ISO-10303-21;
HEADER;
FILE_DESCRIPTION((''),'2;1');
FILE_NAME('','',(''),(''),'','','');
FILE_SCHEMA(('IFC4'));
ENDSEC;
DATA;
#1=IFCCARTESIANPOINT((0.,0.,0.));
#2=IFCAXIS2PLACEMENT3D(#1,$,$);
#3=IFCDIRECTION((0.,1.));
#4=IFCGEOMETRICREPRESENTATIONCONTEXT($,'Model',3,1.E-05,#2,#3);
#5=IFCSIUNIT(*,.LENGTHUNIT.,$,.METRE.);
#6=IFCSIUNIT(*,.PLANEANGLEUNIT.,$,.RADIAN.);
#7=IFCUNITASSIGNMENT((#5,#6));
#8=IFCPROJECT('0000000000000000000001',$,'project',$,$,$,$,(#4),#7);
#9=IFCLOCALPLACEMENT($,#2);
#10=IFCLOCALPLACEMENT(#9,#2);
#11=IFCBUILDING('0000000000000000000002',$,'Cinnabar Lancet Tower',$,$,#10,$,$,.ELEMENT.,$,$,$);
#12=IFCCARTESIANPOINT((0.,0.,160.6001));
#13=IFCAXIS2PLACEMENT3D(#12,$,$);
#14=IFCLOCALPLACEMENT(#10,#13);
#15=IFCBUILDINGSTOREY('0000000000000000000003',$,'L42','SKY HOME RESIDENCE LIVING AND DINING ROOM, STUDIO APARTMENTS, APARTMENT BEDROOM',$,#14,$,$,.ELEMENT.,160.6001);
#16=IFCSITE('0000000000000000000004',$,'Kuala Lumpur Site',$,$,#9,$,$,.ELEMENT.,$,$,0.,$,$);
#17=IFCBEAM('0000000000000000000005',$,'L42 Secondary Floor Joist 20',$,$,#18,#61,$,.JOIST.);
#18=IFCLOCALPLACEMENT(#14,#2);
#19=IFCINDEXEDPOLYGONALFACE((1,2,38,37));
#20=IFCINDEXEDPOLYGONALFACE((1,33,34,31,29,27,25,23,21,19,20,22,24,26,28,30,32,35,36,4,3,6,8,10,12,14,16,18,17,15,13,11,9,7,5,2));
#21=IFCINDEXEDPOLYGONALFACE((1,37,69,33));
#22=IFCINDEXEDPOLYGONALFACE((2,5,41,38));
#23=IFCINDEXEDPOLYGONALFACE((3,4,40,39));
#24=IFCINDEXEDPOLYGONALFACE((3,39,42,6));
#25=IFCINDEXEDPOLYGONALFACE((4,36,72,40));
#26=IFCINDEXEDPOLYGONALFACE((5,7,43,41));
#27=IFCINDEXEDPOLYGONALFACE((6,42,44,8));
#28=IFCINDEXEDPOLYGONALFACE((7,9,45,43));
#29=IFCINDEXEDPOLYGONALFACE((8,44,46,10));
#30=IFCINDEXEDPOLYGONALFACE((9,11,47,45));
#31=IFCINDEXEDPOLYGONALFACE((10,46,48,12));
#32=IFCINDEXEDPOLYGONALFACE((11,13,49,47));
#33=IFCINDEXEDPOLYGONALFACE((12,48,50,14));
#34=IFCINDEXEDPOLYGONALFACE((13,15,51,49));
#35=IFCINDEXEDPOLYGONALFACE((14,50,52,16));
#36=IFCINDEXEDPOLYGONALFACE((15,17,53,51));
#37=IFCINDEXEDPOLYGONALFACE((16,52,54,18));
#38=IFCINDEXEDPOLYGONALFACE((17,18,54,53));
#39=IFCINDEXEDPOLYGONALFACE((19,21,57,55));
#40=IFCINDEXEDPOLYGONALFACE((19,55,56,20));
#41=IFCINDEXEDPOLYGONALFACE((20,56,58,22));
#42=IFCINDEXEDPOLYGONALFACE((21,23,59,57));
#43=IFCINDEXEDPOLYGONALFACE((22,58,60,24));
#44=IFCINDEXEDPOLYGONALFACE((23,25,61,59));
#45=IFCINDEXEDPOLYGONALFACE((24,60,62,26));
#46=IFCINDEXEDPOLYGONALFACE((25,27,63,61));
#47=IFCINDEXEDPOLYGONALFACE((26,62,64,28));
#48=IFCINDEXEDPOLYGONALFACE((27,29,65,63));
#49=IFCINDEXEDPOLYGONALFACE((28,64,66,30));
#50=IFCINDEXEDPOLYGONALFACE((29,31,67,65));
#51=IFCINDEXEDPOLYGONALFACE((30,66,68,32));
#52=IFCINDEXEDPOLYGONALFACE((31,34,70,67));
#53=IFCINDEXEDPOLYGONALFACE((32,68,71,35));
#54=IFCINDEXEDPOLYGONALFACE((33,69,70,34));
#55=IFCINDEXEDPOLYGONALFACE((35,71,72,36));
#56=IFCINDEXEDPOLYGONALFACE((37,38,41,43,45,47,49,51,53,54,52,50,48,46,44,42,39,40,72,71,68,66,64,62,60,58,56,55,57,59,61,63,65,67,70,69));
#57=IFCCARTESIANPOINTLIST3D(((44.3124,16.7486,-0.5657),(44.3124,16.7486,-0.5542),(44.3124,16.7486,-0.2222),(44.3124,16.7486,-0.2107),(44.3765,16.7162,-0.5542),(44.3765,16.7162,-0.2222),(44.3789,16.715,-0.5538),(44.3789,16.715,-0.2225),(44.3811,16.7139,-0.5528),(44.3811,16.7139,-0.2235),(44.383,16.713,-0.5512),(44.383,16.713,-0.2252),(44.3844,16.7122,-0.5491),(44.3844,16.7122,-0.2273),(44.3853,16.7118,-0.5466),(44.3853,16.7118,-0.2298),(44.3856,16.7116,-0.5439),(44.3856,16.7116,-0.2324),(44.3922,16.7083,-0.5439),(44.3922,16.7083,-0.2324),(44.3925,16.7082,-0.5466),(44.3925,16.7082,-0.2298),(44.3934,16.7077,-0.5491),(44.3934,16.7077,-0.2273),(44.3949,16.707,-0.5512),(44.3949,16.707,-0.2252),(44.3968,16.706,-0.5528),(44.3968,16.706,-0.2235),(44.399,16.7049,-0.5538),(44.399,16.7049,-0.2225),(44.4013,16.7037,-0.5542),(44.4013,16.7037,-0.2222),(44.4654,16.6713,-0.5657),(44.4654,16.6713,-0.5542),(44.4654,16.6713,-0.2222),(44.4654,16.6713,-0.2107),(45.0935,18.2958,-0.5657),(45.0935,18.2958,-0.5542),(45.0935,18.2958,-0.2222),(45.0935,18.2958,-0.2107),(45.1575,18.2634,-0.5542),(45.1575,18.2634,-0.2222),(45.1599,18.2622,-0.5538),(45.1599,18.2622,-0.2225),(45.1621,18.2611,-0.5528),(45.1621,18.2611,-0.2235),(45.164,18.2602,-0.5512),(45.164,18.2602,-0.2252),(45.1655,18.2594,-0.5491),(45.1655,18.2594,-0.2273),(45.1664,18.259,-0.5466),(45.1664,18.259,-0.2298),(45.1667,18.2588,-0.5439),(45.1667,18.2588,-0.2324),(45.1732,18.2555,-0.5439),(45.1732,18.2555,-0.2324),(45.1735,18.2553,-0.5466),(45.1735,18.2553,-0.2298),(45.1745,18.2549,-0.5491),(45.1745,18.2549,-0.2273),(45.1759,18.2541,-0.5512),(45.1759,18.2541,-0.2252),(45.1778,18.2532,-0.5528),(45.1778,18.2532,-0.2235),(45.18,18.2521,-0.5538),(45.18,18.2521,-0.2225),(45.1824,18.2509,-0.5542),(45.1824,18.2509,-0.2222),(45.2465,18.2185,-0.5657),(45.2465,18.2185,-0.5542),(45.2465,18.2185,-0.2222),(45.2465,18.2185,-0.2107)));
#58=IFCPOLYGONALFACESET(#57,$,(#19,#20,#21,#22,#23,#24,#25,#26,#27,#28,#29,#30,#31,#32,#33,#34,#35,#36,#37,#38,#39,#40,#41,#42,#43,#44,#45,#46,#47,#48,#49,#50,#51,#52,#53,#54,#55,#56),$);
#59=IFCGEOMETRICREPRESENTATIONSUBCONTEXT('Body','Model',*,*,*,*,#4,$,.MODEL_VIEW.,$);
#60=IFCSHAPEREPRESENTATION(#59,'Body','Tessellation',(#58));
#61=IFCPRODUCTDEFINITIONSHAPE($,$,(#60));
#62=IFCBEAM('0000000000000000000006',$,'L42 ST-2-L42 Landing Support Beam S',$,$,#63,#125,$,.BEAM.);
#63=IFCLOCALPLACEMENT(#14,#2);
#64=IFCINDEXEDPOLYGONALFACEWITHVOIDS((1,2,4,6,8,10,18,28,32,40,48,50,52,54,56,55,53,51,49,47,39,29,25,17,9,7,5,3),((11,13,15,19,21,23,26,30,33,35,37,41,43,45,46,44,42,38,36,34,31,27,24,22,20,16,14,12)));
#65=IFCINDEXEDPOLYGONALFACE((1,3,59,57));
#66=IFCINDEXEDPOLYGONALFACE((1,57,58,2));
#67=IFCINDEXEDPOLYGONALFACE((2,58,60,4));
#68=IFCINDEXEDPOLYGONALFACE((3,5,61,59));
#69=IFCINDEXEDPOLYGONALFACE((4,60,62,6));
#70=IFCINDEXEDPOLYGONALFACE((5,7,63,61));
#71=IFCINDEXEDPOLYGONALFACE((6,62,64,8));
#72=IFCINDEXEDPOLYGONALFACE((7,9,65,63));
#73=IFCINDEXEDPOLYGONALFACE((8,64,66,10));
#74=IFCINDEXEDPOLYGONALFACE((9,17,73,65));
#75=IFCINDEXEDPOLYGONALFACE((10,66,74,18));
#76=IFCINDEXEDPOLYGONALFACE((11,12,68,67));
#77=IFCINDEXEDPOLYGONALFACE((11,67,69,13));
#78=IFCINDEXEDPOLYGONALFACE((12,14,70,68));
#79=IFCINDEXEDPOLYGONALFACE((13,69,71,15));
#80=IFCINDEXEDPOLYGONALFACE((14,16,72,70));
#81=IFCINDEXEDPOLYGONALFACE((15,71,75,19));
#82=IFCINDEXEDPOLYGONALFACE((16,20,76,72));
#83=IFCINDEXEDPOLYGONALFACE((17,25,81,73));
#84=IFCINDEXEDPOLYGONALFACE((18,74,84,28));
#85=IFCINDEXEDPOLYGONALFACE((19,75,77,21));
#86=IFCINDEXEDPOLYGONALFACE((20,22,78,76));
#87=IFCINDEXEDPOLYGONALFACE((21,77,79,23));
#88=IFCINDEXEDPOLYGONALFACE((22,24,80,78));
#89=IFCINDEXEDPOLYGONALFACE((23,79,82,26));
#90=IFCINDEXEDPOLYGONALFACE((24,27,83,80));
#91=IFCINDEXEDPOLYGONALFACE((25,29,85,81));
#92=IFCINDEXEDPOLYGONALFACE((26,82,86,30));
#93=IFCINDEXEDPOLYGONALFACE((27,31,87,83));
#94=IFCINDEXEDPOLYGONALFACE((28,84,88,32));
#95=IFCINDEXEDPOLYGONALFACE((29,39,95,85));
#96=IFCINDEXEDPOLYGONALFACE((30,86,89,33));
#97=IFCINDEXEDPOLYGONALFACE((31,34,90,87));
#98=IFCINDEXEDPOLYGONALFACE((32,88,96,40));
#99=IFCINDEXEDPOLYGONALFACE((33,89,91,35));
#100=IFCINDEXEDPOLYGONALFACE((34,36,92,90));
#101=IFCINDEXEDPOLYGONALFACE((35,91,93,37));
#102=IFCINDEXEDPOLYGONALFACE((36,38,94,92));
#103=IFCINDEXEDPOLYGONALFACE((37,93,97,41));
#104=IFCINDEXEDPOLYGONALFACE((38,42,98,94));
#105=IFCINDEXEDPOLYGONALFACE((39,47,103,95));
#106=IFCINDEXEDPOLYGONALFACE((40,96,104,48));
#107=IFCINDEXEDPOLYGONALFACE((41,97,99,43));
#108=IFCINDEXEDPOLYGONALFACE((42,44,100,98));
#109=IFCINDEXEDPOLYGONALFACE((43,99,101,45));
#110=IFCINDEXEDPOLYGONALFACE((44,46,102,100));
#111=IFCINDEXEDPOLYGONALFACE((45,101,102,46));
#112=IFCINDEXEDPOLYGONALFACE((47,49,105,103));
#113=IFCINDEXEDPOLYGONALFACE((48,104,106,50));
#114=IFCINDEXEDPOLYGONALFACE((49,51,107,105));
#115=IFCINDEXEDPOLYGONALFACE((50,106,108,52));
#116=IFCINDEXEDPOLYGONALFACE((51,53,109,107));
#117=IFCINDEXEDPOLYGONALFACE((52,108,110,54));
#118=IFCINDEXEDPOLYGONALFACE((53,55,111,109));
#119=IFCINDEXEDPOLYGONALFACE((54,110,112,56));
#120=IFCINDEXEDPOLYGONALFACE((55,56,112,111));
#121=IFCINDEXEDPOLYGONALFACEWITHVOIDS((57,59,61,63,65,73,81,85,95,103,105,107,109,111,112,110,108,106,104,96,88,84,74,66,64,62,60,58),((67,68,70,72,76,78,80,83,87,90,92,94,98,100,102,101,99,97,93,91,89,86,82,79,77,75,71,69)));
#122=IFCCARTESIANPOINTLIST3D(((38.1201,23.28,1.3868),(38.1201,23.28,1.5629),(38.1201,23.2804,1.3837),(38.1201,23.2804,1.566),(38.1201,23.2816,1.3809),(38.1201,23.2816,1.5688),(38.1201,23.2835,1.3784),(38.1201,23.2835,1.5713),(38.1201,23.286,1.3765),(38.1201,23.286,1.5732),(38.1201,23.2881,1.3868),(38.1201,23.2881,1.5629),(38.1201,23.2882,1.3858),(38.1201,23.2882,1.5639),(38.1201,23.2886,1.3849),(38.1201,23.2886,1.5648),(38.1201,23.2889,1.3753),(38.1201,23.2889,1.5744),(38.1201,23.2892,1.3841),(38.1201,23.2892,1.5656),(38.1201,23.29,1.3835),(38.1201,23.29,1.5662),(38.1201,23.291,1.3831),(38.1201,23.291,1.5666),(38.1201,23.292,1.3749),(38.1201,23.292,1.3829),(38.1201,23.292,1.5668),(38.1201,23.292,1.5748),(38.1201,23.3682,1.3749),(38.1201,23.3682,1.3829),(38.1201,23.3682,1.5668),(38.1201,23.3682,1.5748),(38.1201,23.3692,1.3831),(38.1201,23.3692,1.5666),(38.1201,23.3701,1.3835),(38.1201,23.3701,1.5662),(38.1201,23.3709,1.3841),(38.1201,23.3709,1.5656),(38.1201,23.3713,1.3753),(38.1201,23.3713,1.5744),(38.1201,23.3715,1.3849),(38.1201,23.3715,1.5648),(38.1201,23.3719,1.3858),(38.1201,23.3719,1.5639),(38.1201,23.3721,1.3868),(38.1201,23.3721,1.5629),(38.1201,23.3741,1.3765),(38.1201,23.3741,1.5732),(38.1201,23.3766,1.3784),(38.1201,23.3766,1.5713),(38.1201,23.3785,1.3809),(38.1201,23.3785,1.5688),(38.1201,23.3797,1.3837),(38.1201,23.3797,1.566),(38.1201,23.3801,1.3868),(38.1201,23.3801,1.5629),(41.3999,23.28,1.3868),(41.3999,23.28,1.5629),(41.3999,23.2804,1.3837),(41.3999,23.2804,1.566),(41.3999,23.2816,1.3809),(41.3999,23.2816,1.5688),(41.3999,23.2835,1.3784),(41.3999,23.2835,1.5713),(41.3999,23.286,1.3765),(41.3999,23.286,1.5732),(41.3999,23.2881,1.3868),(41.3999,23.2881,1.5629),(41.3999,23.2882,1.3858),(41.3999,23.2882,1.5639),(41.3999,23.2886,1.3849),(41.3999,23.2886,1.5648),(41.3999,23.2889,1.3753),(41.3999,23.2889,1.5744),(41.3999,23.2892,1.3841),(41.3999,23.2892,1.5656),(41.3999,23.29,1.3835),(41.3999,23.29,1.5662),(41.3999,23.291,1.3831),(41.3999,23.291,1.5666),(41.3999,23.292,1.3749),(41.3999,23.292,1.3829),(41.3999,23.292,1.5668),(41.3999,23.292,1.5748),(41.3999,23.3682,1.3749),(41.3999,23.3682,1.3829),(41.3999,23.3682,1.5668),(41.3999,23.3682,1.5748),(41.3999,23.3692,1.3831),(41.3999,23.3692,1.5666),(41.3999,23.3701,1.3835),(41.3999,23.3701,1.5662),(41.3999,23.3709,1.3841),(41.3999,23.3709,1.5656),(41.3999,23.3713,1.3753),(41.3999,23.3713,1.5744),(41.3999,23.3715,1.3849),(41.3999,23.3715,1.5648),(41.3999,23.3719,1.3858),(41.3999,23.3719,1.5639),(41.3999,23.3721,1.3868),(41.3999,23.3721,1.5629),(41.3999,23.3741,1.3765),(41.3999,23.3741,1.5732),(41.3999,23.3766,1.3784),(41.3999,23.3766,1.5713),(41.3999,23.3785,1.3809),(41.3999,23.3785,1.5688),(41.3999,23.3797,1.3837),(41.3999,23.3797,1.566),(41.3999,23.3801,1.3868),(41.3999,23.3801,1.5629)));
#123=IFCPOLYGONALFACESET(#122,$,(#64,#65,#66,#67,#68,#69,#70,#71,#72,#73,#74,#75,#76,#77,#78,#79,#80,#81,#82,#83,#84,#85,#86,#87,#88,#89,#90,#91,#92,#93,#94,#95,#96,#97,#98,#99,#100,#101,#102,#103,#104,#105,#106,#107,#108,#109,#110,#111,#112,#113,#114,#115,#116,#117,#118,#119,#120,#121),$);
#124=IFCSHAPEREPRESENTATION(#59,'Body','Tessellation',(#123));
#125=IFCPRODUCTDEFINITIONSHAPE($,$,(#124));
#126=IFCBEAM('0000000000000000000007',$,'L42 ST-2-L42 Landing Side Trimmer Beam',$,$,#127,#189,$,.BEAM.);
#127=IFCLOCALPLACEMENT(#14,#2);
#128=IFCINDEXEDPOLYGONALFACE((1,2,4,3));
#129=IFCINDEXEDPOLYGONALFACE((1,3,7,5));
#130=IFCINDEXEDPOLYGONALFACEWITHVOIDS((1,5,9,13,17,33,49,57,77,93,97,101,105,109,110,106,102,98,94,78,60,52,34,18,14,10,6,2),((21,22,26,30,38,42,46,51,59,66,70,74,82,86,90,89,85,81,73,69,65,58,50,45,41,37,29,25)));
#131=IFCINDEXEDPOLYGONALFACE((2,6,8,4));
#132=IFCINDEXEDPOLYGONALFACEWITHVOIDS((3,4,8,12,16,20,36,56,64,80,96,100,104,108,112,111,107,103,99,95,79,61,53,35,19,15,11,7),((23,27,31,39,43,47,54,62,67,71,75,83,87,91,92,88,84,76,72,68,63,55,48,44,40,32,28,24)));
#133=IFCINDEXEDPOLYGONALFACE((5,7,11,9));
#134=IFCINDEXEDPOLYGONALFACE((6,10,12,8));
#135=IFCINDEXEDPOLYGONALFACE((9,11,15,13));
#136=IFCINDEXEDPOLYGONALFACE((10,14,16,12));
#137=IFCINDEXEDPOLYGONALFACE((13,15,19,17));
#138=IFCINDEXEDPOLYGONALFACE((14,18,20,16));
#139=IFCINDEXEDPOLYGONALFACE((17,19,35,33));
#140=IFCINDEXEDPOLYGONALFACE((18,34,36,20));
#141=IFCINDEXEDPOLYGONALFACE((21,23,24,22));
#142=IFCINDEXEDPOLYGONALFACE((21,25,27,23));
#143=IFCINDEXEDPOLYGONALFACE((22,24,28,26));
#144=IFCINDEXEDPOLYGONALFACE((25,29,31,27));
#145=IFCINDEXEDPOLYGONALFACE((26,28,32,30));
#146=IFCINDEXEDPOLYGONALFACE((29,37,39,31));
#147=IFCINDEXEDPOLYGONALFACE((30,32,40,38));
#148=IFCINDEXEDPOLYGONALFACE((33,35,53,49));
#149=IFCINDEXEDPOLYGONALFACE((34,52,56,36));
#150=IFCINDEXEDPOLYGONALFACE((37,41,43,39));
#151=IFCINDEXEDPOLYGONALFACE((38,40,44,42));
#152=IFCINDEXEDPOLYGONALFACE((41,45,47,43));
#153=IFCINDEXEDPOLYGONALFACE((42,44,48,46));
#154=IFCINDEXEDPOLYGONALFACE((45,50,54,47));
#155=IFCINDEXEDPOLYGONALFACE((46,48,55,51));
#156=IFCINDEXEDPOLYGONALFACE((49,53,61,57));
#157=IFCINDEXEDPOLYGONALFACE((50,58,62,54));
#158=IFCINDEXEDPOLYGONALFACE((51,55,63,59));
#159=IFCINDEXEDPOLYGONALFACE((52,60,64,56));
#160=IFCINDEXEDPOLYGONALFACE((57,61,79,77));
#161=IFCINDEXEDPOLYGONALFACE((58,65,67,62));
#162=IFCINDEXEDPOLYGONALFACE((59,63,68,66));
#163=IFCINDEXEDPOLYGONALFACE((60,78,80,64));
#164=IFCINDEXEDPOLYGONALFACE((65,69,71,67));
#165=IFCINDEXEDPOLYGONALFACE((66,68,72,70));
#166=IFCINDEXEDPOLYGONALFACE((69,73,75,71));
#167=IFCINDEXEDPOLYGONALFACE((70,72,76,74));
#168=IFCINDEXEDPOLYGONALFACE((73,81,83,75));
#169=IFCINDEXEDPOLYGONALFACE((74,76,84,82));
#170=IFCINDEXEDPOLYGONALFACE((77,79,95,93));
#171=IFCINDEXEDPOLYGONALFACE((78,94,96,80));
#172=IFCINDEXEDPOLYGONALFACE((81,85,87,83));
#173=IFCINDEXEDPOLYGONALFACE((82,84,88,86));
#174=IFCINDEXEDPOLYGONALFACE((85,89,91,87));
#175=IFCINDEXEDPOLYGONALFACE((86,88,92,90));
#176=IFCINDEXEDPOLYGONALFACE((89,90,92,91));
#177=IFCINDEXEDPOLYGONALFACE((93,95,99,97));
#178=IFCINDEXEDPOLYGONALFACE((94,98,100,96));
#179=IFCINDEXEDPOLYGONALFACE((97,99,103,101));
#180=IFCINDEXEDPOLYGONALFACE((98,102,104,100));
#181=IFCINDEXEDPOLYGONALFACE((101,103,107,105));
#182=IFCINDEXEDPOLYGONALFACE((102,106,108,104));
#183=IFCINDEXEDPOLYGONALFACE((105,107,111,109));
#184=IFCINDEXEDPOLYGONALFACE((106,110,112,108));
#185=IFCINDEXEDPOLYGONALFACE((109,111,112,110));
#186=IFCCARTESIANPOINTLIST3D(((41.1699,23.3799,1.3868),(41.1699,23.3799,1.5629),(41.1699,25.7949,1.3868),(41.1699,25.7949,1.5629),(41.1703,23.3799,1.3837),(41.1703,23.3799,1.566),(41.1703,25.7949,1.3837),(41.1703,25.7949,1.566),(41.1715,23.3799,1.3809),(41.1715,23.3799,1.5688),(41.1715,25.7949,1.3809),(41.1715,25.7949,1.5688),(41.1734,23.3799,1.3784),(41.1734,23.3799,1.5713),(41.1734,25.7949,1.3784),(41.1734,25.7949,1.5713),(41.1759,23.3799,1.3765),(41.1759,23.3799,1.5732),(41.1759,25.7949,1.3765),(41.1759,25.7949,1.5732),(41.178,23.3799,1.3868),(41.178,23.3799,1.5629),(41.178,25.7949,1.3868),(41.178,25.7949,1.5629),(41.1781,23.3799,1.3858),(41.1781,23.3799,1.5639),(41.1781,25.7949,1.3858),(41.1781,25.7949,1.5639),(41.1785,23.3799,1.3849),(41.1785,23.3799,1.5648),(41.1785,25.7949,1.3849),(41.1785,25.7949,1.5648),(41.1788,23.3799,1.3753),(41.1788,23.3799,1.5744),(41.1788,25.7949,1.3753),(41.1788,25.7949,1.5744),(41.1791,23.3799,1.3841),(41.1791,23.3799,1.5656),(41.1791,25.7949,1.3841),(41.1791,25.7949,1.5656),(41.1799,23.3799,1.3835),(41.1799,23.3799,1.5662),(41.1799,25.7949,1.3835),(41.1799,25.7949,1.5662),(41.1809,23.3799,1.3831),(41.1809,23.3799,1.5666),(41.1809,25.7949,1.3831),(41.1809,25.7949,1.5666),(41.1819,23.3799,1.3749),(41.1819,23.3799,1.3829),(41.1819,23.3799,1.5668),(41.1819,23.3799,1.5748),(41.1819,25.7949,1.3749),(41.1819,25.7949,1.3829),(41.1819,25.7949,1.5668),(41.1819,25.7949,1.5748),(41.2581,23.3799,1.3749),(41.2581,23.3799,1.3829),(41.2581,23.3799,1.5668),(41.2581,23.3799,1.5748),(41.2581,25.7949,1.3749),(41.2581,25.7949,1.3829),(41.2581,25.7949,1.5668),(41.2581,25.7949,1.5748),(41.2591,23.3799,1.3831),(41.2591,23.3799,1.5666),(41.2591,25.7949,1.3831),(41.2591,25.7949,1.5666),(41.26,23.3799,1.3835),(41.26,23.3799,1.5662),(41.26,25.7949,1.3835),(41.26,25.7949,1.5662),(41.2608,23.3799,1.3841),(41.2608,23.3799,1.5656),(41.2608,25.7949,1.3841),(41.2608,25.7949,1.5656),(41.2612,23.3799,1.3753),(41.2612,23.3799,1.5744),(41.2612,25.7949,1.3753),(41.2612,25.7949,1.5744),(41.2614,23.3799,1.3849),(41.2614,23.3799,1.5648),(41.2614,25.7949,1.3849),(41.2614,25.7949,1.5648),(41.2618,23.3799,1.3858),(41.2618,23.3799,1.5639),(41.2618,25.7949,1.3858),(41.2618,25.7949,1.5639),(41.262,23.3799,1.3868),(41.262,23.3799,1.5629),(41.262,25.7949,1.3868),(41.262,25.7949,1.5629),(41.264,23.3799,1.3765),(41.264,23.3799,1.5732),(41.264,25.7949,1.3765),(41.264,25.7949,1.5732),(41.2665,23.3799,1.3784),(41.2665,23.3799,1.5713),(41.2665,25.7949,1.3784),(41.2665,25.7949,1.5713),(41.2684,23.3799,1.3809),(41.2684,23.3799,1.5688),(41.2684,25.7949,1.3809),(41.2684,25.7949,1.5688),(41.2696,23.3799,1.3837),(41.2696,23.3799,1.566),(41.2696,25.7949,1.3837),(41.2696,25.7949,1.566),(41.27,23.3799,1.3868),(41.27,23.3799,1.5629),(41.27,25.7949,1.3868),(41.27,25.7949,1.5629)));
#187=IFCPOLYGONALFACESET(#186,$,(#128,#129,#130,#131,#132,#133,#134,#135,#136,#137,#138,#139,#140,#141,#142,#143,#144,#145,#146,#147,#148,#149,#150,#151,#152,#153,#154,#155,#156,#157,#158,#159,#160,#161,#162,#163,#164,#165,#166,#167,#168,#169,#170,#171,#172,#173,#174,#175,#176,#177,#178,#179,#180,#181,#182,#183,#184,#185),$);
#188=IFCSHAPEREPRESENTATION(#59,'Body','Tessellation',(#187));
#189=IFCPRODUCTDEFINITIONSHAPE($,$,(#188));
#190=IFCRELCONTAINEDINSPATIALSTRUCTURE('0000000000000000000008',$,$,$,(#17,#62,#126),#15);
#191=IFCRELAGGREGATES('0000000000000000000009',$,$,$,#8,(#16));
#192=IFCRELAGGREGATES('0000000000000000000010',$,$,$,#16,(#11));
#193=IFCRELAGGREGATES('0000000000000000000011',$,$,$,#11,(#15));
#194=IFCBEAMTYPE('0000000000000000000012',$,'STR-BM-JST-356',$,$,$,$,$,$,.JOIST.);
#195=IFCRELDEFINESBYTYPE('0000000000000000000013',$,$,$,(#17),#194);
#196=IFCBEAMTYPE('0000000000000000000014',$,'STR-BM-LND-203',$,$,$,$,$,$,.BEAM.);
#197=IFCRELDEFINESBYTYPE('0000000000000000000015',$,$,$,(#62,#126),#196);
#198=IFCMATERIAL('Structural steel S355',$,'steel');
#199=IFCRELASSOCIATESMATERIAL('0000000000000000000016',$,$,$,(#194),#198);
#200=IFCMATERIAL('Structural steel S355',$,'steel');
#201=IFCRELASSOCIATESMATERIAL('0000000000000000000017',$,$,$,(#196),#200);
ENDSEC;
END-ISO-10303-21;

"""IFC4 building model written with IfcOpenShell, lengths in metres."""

from ifc_helpers import new_model, si_unit, direction, frame, origin, origin_2d, place, context, subcontext, project, spatial, hollow_rectangle, i_section, extrude, material, material_profile, profile_set, type_object, element, save


model = new_model("IFC4")

# Units and contexts
model_context = context("Model", 3, precision=1e-05, world=origin(), true_north=direction((0.0, 1.0)))
body_context = subcontext(model_context, "Body", "Model", "MODEL_VIEW")
ifc_project = project(units=[si_unit("LENGTHUNIT", "METRE"), si_unit("PLANEANGLEUNIT", "RADIAN")], contexts=[model_context])

# Site, building, storey
site_placement = place(None, origin())
site = spatial("IfcSite", under=ifc_project, at=site_placement, Name="Kuala Lumpur Site", CompositionType="ELEMENT", RefElevation=0.0)
building_placement = place(site_placement, origin())
building = spatial("IfcBuilding", under=site, at=building_placement, Name="Cinnabar Lancet Tower", CompositionType="ELEMENT")
storey_placement = place(building_placement, frame((0.0, 0.0, 160.6001)))
storey = spatial("IfcBuildingStorey", under=building, at=storey_placement, Name="L42", Description="SKY HOME RESIDENCE LIVING AND DINING ROOM, STUDIO APARTMENTS, APARTMENT BEDROOM", CompositionType="ELEMENT", Elevation=160.6001)

# Beams
ifc_material_1 = material(Name="Structural steel S355", Category="steel")
ifc_material_profile_1 = material_profile(ifc_material_1, i_section(OverallWidth=0.1714, OverallDepth=0.355, WebThickness=0.0073, FlangeThickness=0.0115, FilletRadius=0.0103, at=origin_2d()), Name="UKB 356x171x51")
ifc_profile_set_1 = profile_set([ifc_material_profile_1], Name="Structural steel S355")
beam_type_1 = type_object("IfcBeamType", Name="STR-BM-JST-356", PredefinedType="JOIST", material=ifc_profile_set_1)
beam_1_placement = place(storey_placement, frame((44.3889, 16.71, -0.3882), z_axis=(0.450648, 0.892702, 0.0), x_axis=(-0.892702, 0.450648, 0.0)))
element("IfcBeam", 1, at=beam_1_placement, inside=storey, type_object=beam_type_1, Name="L42 Secondary Floor Joist 20", PredefinedType="JOIST", context=body_context, shape_type="SweptSolid", body=[
    extrude(i_section(OverallWidth=0.1714, OverallDepth=0.355, WebThickness=0.0073, FlangeThickness=0.0115, FilletRadius=0.0103, at=origin_2d()), origin(), (0.0, 0.0, 1.0), 1.7332),
])
ifc_material_2 = material(Name="Structural steel S355", Category="steel")
ifc_material_profile_2 = material_profile(ifc_material_2, hollow_rectangle(XDim=0.1001, YDim=0.2, WallThickness=0.0081, InnerFilletRadius=0.0039, OuterFilletRadius=0.012, at=origin_2d()), Name="RHS 200x100x8")
ifc_profile_set_2 = profile_set([ifc_material_profile_2], Name="Structural steel S355")
beam_type_2 = type_object("IfcBeamType", Name="STR-BM-LND-203", PredefinedType="BEAM", material=ifc_profile_set_2)
beam_2_placement = place(storey_placement, frame((38.1201, 23.3301, 1.4749), z_axis=(1.0, 0.0, 0.0), x_axis=(0.0, 1.0, 0.0)))
element("IfcBeam", 2, at=beam_2_placement, inside=storey, type_object=beam_type_2, Name="L42 ST-2-L42 Landing Support Beam S", PredefinedType="BEAM", context=body_context, shape_type="SweptSolid", body=[
    extrude(hollow_rectangle(XDim=0.1001, YDim=0.2, WallThickness=0.0081, InnerFilletRadius=0.0039, OuterFilletRadius=0.012, at=origin_2d()), origin(), (0.0, 0.0, 1.0), 3.2798),
])
beam_3_placement = place(storey_placement, frame((41.22, 23.3799, 1.4749), z_axis=(0.0, 1.0, 0.0), x_axis=(-1.0, 0.0, 0.0)))
element("IfcBeam", 3, at=beam_3_placement, inside=storey, type_object=beam_type_2, Name="L42 ST-2-L42 Landing Side Trimmer Beam", PredefinedType="BEAM", context=body_context, shape_type="SweptSolid", body=[
    extrude(hollow_rectangle(XDim=0.1001, YDim=0.2, WallThickness=0.0081, InnerFilletRadius=0.0039, OuterFilletRadius=0.012, at=origin_2d()), origin(), (0.0, 0.0, 1.0), 2.415),
])

save(model, "model.ifc")
